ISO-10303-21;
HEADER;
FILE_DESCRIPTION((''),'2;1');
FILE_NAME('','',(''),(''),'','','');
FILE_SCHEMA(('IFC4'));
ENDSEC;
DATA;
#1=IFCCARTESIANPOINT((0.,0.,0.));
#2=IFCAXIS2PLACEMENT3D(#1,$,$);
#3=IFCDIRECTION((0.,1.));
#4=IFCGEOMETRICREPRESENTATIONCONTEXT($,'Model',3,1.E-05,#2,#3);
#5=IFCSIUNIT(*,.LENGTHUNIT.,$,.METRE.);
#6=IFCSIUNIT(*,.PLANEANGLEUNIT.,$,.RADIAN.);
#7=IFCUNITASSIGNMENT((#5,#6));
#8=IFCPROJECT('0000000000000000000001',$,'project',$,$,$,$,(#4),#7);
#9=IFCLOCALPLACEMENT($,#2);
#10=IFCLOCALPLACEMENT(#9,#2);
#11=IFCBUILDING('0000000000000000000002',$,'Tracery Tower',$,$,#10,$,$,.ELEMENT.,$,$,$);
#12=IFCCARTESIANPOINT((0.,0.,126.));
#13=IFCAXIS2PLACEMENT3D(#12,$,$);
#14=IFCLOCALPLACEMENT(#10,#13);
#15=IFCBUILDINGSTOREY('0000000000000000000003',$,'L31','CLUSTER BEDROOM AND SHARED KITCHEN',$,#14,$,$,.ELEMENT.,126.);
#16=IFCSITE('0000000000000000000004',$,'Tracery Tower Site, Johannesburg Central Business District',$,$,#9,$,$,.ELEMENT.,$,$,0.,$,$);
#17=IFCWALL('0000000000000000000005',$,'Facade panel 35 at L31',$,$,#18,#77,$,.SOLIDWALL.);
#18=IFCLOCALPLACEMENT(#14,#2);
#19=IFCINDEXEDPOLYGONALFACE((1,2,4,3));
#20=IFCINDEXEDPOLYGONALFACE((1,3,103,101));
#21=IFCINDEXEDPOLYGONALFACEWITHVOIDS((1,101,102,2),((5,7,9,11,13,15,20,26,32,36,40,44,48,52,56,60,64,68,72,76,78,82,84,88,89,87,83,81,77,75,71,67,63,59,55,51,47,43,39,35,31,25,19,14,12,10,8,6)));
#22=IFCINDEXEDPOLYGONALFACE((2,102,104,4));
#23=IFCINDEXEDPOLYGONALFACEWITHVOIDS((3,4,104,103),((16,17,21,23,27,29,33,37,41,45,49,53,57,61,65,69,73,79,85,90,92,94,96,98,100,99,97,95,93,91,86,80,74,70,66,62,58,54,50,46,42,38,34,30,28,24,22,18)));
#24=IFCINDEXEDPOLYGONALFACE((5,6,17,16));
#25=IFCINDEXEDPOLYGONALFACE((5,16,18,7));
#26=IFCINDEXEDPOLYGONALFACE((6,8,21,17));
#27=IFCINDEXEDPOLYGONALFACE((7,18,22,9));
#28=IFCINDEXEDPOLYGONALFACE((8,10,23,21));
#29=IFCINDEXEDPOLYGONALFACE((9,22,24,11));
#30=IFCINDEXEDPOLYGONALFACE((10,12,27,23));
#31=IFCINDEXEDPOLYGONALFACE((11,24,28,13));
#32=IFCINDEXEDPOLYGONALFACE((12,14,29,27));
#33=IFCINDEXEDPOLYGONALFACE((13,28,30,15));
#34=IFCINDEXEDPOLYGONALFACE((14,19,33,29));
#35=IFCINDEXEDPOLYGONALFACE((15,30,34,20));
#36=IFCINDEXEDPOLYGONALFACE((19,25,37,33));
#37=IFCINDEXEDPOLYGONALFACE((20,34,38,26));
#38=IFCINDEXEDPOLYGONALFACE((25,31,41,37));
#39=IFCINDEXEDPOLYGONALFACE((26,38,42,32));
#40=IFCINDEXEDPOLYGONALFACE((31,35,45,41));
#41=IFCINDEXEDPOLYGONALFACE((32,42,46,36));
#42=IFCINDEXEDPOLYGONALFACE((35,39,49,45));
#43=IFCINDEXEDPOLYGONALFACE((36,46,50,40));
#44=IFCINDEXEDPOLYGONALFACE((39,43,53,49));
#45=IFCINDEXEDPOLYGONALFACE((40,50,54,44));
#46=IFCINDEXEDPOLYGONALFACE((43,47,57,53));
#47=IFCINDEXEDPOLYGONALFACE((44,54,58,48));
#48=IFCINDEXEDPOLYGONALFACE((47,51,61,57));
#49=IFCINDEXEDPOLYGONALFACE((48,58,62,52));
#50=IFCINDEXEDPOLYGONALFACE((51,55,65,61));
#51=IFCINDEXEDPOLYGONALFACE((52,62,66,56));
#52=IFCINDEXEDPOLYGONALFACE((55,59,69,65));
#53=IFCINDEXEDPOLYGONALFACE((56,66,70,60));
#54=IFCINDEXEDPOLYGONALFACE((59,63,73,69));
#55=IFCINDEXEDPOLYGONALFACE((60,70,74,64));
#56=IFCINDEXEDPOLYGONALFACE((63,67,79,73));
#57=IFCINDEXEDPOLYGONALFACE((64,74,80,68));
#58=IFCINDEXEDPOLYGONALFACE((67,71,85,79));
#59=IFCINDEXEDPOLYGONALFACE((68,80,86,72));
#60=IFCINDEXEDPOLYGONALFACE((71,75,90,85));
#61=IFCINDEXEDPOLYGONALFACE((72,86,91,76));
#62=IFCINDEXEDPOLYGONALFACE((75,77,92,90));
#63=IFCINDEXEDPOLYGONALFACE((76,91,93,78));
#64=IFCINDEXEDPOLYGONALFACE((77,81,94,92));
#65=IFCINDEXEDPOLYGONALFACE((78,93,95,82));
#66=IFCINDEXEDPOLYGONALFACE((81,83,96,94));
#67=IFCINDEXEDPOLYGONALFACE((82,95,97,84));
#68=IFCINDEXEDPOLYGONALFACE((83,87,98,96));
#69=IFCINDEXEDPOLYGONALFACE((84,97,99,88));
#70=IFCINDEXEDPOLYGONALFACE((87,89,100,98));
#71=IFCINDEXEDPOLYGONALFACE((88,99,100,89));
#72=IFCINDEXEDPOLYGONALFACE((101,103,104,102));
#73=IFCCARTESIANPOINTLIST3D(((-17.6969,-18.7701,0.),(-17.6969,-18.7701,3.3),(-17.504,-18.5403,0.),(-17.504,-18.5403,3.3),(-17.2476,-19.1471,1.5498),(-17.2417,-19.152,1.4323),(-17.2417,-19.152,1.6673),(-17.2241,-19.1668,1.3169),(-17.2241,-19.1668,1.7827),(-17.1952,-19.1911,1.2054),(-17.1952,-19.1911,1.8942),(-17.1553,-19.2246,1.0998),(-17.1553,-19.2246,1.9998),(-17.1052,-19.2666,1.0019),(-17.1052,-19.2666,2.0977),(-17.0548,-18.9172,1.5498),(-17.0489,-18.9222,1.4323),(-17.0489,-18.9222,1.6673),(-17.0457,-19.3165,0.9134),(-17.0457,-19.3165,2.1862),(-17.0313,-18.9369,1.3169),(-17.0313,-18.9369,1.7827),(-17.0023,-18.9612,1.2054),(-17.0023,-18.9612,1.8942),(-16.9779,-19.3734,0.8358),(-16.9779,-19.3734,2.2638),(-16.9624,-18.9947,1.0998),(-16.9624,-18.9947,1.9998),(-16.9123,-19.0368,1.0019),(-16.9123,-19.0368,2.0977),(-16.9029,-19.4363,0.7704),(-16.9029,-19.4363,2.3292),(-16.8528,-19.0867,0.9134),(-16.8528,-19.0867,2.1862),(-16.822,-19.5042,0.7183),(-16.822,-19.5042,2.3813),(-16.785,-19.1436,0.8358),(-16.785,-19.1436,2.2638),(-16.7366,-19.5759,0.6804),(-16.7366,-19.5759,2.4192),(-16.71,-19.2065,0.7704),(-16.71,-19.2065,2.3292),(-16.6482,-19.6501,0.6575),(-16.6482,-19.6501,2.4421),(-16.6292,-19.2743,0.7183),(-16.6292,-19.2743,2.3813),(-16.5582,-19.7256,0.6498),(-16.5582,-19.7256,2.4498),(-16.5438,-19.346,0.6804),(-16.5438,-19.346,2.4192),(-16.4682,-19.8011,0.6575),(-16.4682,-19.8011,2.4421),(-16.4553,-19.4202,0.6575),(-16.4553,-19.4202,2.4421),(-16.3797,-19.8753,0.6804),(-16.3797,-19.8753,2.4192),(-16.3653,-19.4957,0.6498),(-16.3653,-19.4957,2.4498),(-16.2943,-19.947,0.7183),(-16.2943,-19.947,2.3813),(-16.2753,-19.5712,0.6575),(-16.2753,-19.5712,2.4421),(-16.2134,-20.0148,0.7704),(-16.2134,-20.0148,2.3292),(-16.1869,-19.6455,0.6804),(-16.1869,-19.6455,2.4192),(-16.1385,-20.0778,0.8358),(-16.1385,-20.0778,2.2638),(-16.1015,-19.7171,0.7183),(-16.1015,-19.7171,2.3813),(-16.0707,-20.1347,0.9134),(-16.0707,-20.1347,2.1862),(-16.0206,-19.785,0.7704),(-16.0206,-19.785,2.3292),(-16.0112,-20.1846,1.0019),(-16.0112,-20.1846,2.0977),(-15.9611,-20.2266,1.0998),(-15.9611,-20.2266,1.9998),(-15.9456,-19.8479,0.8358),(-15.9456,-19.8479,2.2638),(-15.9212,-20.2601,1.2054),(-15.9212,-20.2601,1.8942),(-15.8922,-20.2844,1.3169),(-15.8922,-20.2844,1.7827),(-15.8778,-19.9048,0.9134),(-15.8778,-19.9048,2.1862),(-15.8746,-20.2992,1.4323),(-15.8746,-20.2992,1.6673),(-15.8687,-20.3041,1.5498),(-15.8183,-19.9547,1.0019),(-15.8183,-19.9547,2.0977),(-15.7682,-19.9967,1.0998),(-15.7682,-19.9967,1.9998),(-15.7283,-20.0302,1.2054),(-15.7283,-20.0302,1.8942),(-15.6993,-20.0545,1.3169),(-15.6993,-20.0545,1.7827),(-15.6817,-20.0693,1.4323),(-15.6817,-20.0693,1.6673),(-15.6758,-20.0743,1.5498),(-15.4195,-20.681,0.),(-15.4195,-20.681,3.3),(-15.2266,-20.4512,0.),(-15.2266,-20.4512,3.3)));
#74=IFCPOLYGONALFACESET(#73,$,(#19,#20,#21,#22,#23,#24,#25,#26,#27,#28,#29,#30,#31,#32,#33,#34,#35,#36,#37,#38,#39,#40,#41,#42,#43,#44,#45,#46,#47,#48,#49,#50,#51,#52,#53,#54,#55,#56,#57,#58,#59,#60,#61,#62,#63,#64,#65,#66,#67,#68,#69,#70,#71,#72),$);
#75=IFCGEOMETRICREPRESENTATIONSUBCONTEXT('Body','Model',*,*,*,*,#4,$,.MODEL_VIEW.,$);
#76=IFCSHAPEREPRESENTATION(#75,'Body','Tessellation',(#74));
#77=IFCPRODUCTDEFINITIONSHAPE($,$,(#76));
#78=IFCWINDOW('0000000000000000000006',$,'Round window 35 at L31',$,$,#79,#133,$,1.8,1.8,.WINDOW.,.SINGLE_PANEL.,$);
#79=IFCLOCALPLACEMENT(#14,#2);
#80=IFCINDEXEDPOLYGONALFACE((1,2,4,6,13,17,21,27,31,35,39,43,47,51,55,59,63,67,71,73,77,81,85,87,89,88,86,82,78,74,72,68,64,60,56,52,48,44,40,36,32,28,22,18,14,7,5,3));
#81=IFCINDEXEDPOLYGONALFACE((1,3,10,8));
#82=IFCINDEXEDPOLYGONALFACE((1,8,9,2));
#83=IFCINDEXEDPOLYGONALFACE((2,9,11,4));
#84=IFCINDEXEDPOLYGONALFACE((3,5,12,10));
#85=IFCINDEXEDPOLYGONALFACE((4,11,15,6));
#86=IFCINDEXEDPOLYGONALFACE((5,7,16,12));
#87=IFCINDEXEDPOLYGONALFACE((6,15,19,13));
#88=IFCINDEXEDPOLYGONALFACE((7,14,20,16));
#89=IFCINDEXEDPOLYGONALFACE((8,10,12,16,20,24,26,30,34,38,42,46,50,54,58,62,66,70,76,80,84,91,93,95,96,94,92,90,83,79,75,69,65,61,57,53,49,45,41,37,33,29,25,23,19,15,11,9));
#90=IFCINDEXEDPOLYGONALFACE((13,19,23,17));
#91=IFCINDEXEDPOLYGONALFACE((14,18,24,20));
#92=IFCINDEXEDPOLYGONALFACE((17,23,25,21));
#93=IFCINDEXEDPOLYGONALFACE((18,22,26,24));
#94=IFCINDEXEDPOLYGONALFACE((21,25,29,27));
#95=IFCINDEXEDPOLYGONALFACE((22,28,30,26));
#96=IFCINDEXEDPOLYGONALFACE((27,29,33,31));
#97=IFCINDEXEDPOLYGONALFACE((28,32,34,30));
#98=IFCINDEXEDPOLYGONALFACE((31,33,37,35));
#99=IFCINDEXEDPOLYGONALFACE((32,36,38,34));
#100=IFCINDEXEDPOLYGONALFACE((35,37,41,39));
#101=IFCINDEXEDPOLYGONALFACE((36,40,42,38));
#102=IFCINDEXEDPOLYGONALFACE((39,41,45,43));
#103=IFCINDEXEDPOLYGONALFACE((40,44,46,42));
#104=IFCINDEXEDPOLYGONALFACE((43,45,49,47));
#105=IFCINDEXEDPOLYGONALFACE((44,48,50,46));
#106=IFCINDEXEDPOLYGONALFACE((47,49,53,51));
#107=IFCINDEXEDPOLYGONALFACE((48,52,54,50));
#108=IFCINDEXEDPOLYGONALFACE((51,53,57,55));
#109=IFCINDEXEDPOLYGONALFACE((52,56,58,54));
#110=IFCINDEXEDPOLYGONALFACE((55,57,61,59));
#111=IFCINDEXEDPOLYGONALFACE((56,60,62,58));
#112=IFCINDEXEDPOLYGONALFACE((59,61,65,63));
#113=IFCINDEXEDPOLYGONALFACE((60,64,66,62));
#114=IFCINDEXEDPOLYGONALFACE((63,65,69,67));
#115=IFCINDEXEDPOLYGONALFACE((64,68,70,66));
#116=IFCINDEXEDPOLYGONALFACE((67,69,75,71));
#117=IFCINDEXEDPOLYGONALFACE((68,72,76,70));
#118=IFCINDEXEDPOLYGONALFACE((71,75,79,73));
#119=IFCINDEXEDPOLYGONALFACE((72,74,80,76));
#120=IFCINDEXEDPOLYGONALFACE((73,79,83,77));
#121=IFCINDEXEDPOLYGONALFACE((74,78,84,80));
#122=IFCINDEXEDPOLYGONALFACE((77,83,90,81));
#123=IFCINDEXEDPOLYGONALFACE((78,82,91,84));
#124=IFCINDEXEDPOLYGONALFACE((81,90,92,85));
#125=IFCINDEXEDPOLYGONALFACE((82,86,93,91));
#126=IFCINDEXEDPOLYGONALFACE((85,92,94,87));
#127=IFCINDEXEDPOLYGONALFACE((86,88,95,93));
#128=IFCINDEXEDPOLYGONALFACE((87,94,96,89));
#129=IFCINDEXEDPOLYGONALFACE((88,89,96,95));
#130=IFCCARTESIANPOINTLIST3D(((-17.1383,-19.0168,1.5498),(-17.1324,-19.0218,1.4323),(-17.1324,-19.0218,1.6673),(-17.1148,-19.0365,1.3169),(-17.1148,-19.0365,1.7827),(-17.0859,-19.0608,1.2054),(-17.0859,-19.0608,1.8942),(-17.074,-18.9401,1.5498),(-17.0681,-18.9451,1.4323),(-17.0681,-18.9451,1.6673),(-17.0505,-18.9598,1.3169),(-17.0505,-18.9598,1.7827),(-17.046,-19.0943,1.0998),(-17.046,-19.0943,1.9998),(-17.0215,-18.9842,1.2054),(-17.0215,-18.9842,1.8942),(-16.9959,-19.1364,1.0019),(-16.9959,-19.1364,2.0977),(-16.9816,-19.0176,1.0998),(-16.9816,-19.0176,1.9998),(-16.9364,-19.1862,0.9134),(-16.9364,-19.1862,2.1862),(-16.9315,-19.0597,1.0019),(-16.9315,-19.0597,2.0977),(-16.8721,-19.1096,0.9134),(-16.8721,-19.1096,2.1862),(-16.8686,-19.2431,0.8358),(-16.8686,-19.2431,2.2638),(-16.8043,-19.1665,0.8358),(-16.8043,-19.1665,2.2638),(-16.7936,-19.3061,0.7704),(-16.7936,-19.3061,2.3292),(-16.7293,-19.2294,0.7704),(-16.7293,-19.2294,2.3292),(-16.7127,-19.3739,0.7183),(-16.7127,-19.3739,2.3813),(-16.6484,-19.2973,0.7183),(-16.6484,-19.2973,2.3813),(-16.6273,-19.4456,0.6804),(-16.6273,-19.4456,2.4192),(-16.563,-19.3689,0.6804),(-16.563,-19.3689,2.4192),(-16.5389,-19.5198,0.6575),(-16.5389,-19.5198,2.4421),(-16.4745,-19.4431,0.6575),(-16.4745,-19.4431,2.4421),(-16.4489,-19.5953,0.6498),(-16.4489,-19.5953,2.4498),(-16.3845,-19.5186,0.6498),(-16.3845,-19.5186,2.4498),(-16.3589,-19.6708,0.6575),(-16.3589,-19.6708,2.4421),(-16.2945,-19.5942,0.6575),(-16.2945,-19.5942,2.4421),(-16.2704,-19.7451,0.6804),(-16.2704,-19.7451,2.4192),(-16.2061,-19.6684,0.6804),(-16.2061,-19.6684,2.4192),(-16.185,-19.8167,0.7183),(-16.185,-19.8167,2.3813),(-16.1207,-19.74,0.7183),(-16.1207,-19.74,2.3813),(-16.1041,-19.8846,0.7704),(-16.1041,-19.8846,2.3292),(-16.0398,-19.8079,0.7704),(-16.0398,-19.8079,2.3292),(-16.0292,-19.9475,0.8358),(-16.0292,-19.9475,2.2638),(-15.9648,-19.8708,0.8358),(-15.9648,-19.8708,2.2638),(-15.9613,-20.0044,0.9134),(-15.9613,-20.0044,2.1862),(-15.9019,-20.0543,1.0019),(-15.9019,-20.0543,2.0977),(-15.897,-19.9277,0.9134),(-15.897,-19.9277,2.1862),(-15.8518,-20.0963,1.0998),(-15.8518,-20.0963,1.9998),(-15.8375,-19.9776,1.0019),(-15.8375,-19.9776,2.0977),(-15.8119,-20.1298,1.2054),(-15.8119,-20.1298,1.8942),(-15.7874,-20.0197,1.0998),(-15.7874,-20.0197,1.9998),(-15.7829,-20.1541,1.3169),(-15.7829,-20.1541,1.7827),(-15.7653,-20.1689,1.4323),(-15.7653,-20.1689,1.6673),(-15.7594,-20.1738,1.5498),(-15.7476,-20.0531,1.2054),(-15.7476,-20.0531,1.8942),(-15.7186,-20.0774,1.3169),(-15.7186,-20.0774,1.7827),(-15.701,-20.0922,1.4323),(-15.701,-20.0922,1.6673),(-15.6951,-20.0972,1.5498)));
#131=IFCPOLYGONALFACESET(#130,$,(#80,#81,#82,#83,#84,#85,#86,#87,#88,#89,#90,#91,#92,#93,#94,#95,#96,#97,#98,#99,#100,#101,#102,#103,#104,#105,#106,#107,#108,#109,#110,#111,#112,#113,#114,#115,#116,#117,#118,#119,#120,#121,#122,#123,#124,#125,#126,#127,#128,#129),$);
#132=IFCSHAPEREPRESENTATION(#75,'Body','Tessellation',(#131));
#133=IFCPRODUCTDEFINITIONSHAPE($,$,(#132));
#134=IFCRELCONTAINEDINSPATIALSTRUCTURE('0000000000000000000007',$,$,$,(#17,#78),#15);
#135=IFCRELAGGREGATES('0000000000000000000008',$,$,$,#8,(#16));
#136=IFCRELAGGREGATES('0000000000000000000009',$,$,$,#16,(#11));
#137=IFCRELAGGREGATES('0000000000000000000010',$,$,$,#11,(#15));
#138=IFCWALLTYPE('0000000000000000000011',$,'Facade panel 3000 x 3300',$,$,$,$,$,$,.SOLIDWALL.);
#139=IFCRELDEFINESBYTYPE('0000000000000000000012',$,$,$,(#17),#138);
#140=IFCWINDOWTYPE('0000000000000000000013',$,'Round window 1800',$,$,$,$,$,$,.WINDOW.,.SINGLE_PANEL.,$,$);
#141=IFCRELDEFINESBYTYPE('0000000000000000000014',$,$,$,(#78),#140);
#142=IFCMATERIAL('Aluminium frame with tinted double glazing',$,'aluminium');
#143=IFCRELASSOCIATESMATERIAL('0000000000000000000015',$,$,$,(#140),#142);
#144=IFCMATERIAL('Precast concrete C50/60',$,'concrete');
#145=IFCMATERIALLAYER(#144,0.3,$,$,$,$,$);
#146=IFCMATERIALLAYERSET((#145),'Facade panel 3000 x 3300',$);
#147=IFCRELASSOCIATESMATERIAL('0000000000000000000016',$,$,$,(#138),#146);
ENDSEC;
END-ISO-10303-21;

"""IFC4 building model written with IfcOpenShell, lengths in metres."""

from ifc_helpers import new_model, si_unit, direction, frame, frame_2d, origin, origin_2d, place, context, subcontext, project, spatial, rectangle, circle, extrude, material, layer, layer_set, type_object, element, fill, save


model = new_model("IFC4")

# Units and contexts
model_context = context("Model", 3, precision=1e-05, world=origin(), true_north=direction((0.0, 1.0)))
body_context = subcontext(model_context, "Body", "Model", "MODEL_VIEW")
ifc_project = project(units=[si_unit("LENGTHUNIT", "METRE"), si_unit("PLANEANGLEUNIT", "RADIAN")], contexts=[model_context])

# Site, building, storey
site_placement = place(None, origin())
site = spatial("IfcSite", under=ifc_project, at=site_placement, Name="Tracery Tower Site, Johannesburg Central Business District", CompositionType="ELEMENT", RefElevation=0.0)
building_placement = place(site_placement, origin())
building = spatial("IfcBuilding", under=site, at=building_placement, Name="Tracery Tower", CompositionType="ELEMENT")
storey_placement = place(building_placement, frame((0.0, 0.0, 126.0)))
storey = spatial("IfcBuildingStorey", under=building, at=storey_placement, Name="L31", Description="CLUSTER BEDROOM AND SHARED KITCHEN", CompositionType="ELEMENT", Elevation=126.0)

# Wall, opening, window
ifc_material_1 = material(Name="Aluminium frame with tinted double glazing", Category="aluminium")
window_type = type_object("IfcWindowType", Name="Round window 1800", PartitioningType="SINGLE_PANEL", PredefinedType="WINDOW", material=ifc_material_1)
ifc_material_2 = material(Name="Precast concrete C50/60", Category="concrete")
ifc_layer_1 = layer(ifc_material_2, 0.3)
ifc_layer_set_1 = layer_set([ifc_layer_1], Name="Facade panel 3000 x 3300")
wall_type_1 = type_object("IfcWallType", Name="Facade panel 3000 x 3300", PredefinedType="SOLIDWALL", material=ifc_layer_set_1)
wall_1_placement = place(storey_placement, frame((-17.6003, -18.6553, 0.0), z_axis=(0.0, 0.0, 1.0), x_axis=(0.766049, -0.642782, 0.0)))
wall_1 = element("IfcWall", 1, at=wall_1_placement, inside=storey, type_object=wall_type_1, Name="Facade panel 35 at L31", PredefinedType="SOLIDWALL", context=body_context, shape_type="SweptSolid", body=[
    extrude(rectangle(XDim=2.9729, YDim=0.3, at=frame_2d((1.4863, 0.0))), origin(), (0.0, 0.0, 1.0), 3.3),
])
opening_1_placement = place(wall_1_placement, frame((1.4863, 0.0, 1.5498)))
opening_1 = element("IfcOpeningElement", 2, at=opening_1_placement, cuts=wall_1, PredefinedType="OPENING", context=body_context, shape_type="SweptSolid", body=[
    extrude(circle(Radius=0.9, at=origin_2d()), frame((0.0, 0.1599, 0.0), z_axis=(0.0, -1.0, 0.0), x_axis=(1.0, 0.0, 0.0)), (0.0, 0.0, 1.0), 0.3201),
])
window_1_placement = place(opening_1_placement, origin())
window_1 = element("IfcWindow", 3, at=window_1_placement, inside=storey, type_object=window_type, Name="Round window 35 at L31", OverallHeight=1.8, OverallWidth=1.8, PartitioningType="SINGLE_PANEL", PredefinedType="WINDOW", context=body_context, shape_type="SweptSolid", body=[
    extrude(circle(Radius=0.9, at=origin_2d()), frame((0.0, 0.1201, 0.0), z_axis=(0.0, -1.0, 0.0), x_axis=(1.0, 0.0, 0.0)), (0.0, 0.0, 1.0), 0.1001),
])
fill(opening_1, window_1)

save(model, "model.ifc")
